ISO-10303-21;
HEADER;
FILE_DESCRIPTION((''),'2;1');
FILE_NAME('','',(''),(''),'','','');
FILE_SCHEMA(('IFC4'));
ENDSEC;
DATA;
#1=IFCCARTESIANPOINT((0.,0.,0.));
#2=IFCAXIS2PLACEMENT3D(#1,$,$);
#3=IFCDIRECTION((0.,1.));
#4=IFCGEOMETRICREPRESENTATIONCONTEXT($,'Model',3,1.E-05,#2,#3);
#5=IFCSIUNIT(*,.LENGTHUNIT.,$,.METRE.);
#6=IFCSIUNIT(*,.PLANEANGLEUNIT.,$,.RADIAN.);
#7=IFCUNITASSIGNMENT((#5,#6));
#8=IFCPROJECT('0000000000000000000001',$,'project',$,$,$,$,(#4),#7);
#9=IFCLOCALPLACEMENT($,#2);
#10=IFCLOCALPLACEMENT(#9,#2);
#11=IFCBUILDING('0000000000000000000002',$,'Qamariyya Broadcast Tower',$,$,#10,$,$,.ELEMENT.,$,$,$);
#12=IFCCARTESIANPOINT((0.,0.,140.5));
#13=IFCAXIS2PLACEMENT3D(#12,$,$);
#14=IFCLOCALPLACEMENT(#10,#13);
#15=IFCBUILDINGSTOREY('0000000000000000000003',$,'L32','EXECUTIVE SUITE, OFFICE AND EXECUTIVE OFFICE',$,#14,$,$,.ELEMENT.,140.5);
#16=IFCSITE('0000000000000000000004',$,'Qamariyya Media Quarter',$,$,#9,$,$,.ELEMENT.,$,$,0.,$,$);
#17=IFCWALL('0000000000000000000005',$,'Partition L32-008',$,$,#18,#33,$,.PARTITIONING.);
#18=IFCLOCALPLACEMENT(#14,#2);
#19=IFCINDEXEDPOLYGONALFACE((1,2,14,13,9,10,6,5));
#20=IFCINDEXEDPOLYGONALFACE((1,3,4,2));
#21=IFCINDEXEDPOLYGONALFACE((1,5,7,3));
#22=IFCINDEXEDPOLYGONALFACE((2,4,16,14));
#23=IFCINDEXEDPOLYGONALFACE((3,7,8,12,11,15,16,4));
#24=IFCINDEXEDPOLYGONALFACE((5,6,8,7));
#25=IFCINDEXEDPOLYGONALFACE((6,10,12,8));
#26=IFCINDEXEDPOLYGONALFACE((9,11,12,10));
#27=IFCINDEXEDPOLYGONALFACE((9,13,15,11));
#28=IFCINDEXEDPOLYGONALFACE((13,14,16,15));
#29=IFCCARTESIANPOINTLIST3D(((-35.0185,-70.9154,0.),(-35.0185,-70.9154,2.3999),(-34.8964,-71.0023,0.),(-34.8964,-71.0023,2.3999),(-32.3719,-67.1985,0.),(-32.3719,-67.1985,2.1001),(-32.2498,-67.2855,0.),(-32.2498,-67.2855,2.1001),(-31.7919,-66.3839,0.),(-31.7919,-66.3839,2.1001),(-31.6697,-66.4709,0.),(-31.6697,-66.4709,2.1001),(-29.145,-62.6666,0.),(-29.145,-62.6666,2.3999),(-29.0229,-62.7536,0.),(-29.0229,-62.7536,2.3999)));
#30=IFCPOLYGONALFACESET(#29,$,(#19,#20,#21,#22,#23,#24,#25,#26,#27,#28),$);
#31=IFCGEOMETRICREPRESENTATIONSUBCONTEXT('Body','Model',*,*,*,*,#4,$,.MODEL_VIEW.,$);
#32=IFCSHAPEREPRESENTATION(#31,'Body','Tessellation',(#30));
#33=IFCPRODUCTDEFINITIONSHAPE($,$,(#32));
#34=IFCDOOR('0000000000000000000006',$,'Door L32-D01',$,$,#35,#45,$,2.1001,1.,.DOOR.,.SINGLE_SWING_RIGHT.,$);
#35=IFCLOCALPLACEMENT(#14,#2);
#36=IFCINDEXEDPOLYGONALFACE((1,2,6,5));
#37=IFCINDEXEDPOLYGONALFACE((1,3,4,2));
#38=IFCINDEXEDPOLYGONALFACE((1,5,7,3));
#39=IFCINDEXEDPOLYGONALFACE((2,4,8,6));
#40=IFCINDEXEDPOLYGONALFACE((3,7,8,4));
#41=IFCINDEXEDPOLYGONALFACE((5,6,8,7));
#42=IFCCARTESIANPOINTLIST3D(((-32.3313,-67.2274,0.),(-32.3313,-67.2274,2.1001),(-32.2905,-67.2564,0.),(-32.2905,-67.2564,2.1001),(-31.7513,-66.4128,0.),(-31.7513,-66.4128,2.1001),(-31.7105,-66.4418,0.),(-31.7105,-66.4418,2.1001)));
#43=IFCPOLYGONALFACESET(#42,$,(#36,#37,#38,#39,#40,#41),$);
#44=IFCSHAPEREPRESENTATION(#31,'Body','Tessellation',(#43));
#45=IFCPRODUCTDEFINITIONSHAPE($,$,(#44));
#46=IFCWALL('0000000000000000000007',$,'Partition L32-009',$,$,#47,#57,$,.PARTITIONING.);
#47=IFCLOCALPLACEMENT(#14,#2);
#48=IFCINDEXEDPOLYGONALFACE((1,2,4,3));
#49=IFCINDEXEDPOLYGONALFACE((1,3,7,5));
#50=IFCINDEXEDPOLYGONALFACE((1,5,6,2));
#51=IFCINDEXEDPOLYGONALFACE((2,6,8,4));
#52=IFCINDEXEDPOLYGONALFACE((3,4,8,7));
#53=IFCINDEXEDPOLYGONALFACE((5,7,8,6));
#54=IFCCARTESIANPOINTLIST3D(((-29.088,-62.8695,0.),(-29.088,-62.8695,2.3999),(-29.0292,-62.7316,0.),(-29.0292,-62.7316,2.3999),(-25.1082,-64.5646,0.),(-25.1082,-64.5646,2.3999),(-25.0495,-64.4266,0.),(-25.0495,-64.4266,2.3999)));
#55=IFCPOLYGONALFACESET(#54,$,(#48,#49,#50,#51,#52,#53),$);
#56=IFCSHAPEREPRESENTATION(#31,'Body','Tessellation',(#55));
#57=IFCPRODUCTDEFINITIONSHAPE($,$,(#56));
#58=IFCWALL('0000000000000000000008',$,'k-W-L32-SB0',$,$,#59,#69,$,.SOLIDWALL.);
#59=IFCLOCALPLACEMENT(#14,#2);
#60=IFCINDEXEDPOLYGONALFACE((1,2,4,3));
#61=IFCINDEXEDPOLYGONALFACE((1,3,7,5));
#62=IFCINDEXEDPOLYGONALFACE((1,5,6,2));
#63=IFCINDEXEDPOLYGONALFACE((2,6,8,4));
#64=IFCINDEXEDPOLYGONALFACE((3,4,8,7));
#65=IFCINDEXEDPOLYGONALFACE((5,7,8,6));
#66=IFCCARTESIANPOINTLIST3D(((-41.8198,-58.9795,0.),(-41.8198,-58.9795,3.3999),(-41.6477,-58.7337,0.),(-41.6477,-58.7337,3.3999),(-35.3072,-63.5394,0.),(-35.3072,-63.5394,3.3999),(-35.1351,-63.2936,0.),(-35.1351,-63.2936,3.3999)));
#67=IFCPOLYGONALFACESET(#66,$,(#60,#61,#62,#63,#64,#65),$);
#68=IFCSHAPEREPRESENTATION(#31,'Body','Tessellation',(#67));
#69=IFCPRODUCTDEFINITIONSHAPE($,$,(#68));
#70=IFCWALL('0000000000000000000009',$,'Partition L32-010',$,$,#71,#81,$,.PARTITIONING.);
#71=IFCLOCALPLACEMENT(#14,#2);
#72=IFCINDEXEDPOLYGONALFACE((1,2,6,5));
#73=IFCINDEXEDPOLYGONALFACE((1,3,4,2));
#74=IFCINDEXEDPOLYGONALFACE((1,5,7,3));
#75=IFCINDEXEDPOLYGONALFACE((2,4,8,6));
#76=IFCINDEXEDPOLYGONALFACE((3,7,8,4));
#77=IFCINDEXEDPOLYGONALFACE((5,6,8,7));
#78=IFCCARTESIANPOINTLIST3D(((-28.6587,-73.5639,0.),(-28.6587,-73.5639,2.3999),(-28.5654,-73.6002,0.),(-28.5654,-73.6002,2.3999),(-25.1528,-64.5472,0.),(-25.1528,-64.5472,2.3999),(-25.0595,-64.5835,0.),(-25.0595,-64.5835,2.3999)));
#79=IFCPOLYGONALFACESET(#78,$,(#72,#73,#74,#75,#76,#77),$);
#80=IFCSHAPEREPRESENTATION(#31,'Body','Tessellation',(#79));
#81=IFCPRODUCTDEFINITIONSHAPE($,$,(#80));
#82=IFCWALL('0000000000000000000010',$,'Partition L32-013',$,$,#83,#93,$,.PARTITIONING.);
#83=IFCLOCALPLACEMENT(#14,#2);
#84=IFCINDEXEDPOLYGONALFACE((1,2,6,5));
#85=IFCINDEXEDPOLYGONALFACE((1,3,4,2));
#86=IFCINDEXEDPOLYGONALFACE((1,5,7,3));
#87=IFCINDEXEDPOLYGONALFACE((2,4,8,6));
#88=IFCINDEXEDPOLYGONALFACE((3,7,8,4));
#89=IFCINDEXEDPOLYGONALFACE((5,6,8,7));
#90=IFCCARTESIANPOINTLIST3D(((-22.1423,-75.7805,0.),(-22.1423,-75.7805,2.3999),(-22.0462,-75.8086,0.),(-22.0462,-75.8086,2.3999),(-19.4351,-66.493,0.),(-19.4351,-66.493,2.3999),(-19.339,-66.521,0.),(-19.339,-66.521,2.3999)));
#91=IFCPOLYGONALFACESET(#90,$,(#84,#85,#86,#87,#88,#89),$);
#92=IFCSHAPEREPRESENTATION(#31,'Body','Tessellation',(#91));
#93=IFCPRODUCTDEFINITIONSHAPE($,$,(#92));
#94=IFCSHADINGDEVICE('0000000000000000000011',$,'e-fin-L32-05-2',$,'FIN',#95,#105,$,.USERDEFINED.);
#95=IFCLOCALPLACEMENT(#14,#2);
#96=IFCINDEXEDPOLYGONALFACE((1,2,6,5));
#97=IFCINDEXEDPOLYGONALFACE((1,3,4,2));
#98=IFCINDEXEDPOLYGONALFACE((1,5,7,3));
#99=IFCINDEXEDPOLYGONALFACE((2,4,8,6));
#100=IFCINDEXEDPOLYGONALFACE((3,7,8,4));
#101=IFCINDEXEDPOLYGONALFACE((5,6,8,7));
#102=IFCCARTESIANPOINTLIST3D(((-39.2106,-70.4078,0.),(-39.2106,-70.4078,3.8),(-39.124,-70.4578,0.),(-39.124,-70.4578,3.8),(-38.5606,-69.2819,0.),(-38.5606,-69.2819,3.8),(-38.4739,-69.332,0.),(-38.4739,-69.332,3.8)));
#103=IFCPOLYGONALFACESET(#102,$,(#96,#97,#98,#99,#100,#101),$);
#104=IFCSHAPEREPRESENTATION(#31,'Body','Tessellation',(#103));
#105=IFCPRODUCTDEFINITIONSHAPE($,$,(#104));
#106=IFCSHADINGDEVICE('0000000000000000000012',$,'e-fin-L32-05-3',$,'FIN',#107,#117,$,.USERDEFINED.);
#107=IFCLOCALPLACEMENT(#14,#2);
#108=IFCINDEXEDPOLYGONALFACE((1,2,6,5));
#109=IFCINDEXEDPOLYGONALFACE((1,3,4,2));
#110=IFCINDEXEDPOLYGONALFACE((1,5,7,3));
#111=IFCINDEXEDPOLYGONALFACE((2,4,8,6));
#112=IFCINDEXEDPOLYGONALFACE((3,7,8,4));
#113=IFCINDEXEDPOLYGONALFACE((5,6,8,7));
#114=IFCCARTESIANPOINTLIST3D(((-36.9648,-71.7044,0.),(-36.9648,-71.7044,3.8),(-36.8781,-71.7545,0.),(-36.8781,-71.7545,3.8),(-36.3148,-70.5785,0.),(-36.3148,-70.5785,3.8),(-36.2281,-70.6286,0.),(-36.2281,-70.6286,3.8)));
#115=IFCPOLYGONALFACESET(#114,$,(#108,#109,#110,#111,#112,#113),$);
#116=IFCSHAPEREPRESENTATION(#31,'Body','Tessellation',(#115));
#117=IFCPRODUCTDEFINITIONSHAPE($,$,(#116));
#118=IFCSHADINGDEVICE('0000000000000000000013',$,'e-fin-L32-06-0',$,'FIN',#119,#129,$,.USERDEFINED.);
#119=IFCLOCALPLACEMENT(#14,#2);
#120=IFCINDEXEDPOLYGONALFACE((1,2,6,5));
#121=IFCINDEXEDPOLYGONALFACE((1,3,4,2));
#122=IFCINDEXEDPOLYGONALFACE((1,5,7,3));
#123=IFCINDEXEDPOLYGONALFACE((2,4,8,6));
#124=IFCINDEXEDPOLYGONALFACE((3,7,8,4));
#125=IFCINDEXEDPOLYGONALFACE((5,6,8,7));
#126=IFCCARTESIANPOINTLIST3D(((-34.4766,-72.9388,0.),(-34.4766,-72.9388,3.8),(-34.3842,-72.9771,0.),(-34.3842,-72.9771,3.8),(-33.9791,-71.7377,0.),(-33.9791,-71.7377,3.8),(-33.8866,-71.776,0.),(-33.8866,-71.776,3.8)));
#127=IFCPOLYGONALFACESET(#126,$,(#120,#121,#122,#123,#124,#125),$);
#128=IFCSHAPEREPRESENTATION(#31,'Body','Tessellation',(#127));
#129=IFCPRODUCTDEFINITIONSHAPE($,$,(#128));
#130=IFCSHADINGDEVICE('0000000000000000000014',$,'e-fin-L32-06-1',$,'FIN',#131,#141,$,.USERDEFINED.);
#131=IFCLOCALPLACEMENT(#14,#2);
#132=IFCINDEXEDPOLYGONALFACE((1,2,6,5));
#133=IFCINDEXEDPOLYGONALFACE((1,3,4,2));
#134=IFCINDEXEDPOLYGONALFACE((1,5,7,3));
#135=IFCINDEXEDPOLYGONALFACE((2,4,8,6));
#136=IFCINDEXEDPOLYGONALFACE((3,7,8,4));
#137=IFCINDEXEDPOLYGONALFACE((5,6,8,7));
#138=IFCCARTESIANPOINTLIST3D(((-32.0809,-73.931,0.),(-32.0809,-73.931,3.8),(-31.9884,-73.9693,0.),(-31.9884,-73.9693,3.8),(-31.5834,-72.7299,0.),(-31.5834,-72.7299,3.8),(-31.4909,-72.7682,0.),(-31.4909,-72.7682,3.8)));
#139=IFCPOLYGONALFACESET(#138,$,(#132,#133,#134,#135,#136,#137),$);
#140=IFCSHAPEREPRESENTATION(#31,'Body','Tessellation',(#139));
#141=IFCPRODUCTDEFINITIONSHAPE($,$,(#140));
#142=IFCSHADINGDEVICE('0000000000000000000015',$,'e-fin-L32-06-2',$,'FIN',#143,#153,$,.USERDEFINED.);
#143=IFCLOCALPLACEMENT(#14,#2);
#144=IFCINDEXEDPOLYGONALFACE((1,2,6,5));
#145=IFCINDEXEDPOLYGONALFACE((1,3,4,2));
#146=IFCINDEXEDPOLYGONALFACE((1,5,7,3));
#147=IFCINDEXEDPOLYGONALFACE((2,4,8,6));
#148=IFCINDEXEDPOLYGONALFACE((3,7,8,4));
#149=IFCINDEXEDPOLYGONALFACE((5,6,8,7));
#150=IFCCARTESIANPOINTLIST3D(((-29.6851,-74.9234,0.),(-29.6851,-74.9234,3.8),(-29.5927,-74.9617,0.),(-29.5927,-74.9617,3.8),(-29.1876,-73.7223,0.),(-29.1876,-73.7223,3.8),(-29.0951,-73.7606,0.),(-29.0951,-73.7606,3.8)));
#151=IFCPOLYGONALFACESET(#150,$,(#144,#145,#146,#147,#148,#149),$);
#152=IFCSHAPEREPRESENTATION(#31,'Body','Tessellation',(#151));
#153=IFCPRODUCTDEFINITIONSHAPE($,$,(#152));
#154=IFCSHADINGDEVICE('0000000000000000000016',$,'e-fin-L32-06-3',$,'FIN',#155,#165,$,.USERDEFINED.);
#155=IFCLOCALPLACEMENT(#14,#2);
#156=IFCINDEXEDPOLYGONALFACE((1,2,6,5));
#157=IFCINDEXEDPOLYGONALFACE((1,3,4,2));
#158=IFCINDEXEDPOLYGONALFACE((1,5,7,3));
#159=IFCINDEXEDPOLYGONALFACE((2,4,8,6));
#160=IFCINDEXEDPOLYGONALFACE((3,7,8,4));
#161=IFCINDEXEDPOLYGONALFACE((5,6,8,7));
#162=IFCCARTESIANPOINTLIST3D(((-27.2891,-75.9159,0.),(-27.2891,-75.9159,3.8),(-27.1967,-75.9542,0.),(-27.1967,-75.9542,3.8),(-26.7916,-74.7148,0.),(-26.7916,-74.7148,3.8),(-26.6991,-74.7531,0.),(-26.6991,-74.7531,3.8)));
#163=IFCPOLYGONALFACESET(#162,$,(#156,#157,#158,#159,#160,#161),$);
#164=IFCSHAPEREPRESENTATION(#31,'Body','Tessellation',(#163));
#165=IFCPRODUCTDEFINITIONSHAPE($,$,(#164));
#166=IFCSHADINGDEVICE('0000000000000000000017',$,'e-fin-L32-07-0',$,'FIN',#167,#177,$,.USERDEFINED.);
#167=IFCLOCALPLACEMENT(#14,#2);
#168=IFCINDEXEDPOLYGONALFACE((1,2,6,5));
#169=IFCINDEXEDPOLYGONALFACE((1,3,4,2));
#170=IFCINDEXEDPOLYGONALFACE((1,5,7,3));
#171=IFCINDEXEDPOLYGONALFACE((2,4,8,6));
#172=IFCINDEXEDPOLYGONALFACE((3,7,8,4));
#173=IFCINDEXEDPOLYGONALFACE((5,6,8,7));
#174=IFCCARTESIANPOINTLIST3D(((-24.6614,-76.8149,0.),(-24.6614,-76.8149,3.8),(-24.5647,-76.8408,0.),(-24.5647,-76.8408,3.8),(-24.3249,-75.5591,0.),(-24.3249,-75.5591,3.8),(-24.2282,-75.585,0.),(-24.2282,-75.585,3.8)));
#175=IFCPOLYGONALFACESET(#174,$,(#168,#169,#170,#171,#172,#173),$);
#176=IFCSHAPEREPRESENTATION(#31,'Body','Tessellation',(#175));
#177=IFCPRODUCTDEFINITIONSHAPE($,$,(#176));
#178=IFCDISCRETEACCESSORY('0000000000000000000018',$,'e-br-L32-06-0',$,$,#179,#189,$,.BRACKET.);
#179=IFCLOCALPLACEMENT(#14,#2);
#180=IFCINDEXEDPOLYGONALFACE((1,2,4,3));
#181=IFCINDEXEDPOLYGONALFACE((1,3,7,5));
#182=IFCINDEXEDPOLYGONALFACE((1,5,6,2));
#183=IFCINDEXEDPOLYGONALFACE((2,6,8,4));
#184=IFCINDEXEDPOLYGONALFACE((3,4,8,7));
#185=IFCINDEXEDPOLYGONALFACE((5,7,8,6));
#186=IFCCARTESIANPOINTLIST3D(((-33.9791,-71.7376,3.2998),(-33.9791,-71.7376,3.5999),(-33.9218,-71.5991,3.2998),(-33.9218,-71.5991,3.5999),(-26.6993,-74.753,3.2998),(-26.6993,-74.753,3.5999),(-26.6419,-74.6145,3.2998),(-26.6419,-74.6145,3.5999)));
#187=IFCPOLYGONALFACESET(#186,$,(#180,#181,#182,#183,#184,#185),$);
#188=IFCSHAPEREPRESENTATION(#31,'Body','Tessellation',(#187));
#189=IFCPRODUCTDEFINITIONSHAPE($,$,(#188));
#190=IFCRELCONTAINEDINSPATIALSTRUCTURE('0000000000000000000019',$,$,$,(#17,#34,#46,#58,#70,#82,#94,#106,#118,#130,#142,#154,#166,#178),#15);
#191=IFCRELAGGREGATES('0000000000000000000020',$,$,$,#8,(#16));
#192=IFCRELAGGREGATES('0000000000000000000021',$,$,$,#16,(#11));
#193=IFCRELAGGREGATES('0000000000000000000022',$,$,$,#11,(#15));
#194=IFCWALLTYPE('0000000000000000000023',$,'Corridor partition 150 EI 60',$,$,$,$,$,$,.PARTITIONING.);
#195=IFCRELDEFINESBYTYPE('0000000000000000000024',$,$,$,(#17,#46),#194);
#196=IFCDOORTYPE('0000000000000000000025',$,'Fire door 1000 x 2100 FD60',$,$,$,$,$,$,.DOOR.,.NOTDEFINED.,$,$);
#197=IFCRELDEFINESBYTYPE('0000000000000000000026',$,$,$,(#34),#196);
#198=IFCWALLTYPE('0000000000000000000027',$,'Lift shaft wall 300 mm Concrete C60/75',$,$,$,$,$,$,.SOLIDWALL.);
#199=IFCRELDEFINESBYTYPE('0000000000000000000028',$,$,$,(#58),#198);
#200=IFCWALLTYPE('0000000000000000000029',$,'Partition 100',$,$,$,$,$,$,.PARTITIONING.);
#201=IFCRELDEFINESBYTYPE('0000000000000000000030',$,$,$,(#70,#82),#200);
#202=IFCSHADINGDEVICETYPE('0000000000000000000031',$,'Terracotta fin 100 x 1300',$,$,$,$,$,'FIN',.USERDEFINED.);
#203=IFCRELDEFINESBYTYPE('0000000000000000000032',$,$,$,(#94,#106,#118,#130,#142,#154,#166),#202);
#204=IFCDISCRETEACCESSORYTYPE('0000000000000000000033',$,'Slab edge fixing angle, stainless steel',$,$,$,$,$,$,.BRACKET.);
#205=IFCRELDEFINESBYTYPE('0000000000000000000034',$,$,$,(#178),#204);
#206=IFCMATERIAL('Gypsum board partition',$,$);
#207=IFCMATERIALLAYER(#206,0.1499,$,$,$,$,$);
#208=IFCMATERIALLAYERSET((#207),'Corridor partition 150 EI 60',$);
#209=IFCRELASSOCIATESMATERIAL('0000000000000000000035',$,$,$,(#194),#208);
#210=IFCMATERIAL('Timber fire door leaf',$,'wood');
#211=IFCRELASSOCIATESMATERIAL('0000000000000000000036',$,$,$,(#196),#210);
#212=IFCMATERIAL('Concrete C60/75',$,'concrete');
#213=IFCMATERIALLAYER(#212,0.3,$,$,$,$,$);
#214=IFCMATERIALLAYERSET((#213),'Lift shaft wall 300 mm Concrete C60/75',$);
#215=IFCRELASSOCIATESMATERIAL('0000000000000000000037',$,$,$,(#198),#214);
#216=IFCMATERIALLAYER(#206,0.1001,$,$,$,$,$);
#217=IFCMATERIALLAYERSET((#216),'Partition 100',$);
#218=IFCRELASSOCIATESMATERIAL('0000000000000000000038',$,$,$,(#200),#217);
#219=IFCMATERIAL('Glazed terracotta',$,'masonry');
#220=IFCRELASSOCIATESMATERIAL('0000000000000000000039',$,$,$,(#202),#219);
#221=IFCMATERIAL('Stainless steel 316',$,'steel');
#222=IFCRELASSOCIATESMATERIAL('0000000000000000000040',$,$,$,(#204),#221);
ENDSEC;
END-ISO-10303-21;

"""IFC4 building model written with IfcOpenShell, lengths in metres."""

from ifc_helpers import new_model, si_unit, direction, frame, frame_2d, origin, origin_2d, place, context, subcontext, project, spatial, rectangle, extrude, material, layer, layer_set, material_profile, profile_set, type_object, element, fill, save


model = new_model("IFC4")

# Units and contexts
model_context = context("Model", 3, precision=1e-05, world=origin(), true_north=direction((0.0, 1.0)))
body_context = subcontext(model_context, "Body", "Model", "MODEL_VIEW")
ifc_project = project(units=[si_unit("LENGTHUNIT", "METRE"), si_unit("PLANEANGLEUNIT", "RADIAN")], contexts=[model_context])

# Site, building, storey
site_placement = place(None, origin())
site = spatial("IfcSite", under=ifc_project, at=site_placement, Name="Qamariyya Media Quarter", CompositionType="ELEMENT", RefElevation=0.0)
building_placement = place(site_placement, origin())
building = spatial("IfcBuilding", under=site, at=building_placement, Name="Qamariyya Broadcast Tower", CompositionType="ELEMENT")
storey_placement = place(building_placement, frame((0.0, 0.0, 140.5)))
storey = spatial("IfcBuildingStorey", under=building, at=storey_placement, Name="L32", Description="EXECUTIVE SUITE, OFFICE AND EXECUTIVE OFFICE", CompositionType="ELEMENT", Elevation=140.5)

# Wall, opening, door
ifc_material_1 = material(Name="Gypsum board partition")
ifc_layer_1 = layer(ifc_material_1, 0.1499)
ifc_layer_set_1 = layer_set([ifc_layer_1], Name="Corridor partition 150 EI 60")
wall_type_1 = type_object("IfcWallType", Name="Corridor partition 150 EI 60", PredefinedType="PARTITIONING", material=ifc_layer_set_1)
wall_1_placement = place(storey_placement, frame((-29.084, -62.7102, 0.0), z_axis=(0.0, 0.0, 1.0), x_axis=(-0.580031, -0.814594, 0.0)))
wall_1 = element("IfcWall", 1, at=wall_1_placement, inside=storey, type_object=wall_type_1, Name="Partition L32-008", PredefinedType="PARTITIONING", context=body_context, shape_type="SweptSolid", body=[
    extrude(rectangle(XDim=10.1262, YDim=0.1499, at=frame_2d((5.063, 0.0))), origin(), (0.0, 0.0, 1.0), 2.3999),
])
opening_1_placement = place(wall_1_placement, frame((4.5632, 0.0, 0.0)))
opening_1 = element("IfcOpeningElement", 2, at=opening_1_placement, cuts=wall_1, PredefinedType="OPENING", context=body_context, shape_type="SweptSolid", body=[
    extrude(rectangle(XDim=1.0, YDim=2.1001, at=frame_2d((0.5, 1.05))), frame((0.0, 0.085, 0.0), z_axis=(0.0, -1.0, 0.0), x_axis=(1.0, 0.0, 0.0)), (0.0, 0.0, 1.0), 0.1699),
])
ifc_material_2 = material(Name="Timber fire door leaf", Category="wood")
door_type_1 = type_object("IfcDoorType", Name="Fire door 1000 x 2100 FD60", OperationType="NOTDEFINED", PredefinedType="DOOR", material=ifc_material_2)
door_1_placement = place(opening_1_placement, origin())
door_1 = element("IfcDoor", 3, at=door_1_placement, inside=storey, type_object=door_type_1, Name="Door L32-D01", OperationType="SINGLE_SWING_RIGHT", OverallHeight=2.1001, OverallWidth=1.0, PredefinedType="DOOR", context=body_context, shape_type="SweptSolid", body=[
    extrude(rectangle(XDim=1.0, YDim=2.1001, at=frame_2d((0.5, 1.05))), frame((0.0, 0.0249, 0.0), z_axis=(0.0, -1.0, 0.0), x_axis=(1.0, 0.0, 0.0)), (0.0, 0.0, 1.0), 0.05),
])
fill(opening_1, door_1)

# Walls
wall_2_placement = place(storey_placement, frame((-29.0586, -62.8005, 0.0), z_axis=(0.0, 0.0, 1.0), x_axis=(0.920024, -0.391861, 0.0)))
element("IfcWall", 4, at=wall_2_placement, inside=storey, type_object=wall_type_1, Name="Partition L32-009", PredefinedType="PARTITIONING", context=body_context, shape_type="SweptSolid", body=[
    extrude(rectangle(XDim=4.3257, YDim=0.1499, at=frame_2d((2.1628, 0.0))), origin(), (0.0, 0.0, 1.0), 2.3999),
])
ifc_material_3 = material(Name="Concrete C60/75", Category="concrete")
ifc_layer_2 = layer(ifc_material_3, 0.3)
ifc_layer_set_2 = layer_set([ifc_layer_2], Name="Lift shaft wall 300 mm Concrete C60/75")
wall_type_2 = type_object("IfcWallType", Name="Lift shaft wall 300 mm Concrete C60/75", PredefinedType="SOLIDWALL", material=ifc_layer_set_2)
wall_3_placement = place(storey_placement, frame((-35.2212, -63.4165, 0.0), z_axis=(0.0, 0.0, 1.0), x_axis=(-0.819167, 0.573555, 0.0)))
element("IfcWall", 5, at=wall_3_placement, inside=storey, type_object=wall_type_2, Name="k-W-L32-SB0", PredefinedType="SOLIDWALL", context=body_context, shape_type="SweptSolid", body=[
    extrude(rectangle(XDim=7.9502, YDim=0.3, at=frame_2d((3.9751, 0.0))), origin(), (0.0, 0.0, 1.0), 3.3999),
])
ifc_layer_3 = layer(ifc_material_1, 0.1001)
ifc_layer_set_3 = layer_set([ifc_layer_3], Name="Partition 100")
wall_type_3 = type_object("IfcWallType", Name="Partition 100", PredefinedType="PARTITIONING", material=ifc_layer_set_3)
wall_4_placement = place(storey_placement, frame((-28.6121, -73.582, 0.0), z_axis=(0.0, 0.0, 1.0), x_axis=(0.362393, 0.932026, 0.0)))
element("IfcWall", 6, at=wall_4_placement, inside=storey, type_object=wall_type_3, Name="Partition L32-010", PredefinedType="PARTITIONING", context=body_context, shape_type="SweptSolid", body=[
    extrude(rectangle(XDim=9.6743, YDim=0.1001, at=frame_2d((4.8372, 0.0))), origin(), (0.0, 0.0, 1.0), 2.3999),
])
wall_5_placement = place(storey_placement, frame((-22.0942, -75.7944, 0.0), z_axis=(0.0, 0.0, 1.0), x_axis=(0.279847, 0.960045, 0.0)))
element("IfcWall", 7, at=wall_5_placement, inside=storey, type_object=wall_type_3, Name="Partition L32-013", PredefinedType="PARTITIONING", context=body_context, shape_type="SweptSolid", body=[
    extrude(rectangle(XDim=9.6741, YDim=0.1001, at=frame_2d((4.8369, 0.0))), origin(), (0.0, 0.0, 1.0), 2.3999),
])

# Shading devices
ifc_material_4 = material(Name="Glazed terracotta", Category="masonry")
ifc_material_profile_1 = material_profile(ifc_material_4, rectangle(XDim=1.3, YDim=0.1001, at=origin_2d()))
ifc_profile_set_1 = profile_set([ifc_material_profile_1], Name="Glazed terracotta")
shading_device_type_1 = type_object("IfcShadingDeviceType", Name="Terracotta fin 100 x 1300", ElementType="FIN", PredefinedType="USERDEFINED", material=ifc_profile_set_1)
for number, where, z_axis, x_axis, name in (
    (8, (-38.8423, -69.8699, 0.0), (0.0, 0.0, 1.0), (-0.5, -0.866025, 0.0), "e-fin-L32-05-2"),
    (9, (-36.5964, -71.1665, 0.0), (0.0, 0.0, 1.0), (-0.5, -0.866025, 0.0), "e-fin-L32-05-3"),
    (10, (-34.1816, -72.3574, 0.0), (0.0, 0.0, 1.0), (-0.382683, -0.92388, 0.0), "e-fin-L32-06-0"),
    (11, (-31.7859, -73.3496, 0.0), (0.0, 0.0, 1.0), (-0.382683, -0.92388, 0.0), "e-fin-L32-06-1"),
    (12, (-29.3901, -74.342, 0.0), (0.0, 0.0, 1.0), (-0.382683, -0.92388, 0.0), "e-fin-L32-06-2"),
    (13, (-26.9941, -75.3345, 0.0), (0.0, 0.0, 1.0), (-0.382683, -0.92388, 0.0), "e-fin-L32-06-3"),
    (14, (-24.4448, -76.2, 0.0), (0.0, 0.0, 1.0), (-0.258819, -0.965926, 0.0), "e-fin-L32-07-0"),
):
    element("IfcShadingDevice", number, at=place(storey_placement, frame(where, z_axis=z_axis, x_axis=x_axis)), inside=storey, type_object=shading_device_type_1, Name=name, ObjectType="FIN", PredefinedType="USERDEFINED", context=body_context, shape_type="SweptSolid", body=[
        extrude(rectangle(XDim=1.3, YDim=0.1001, at=origin_2d()), origin(), (0.0, 0.0, 1.0), 3.8),
    ])

# Discrete accessory
ifc_material_5 = material(Name="Stainless steel 316", Category="steel")
discrete_accessory_type = type_object("IfcDiscreteAccessoryType", Name="Slab edge fixing angle, stainless steel", PredefinedType="BRACKET", material=ifc_material_5)
discrete_accessory_placement = place(storey_placement, frame((-30.3105, -73.176, 3.2998), z_axis=(0.0, 0.0, 1.0), x_axis=(0.92388, -0.382683, 0.0)))
element("IfcDiscreteAccessory", 15, at=discrete_accessory_placement, inside=storey, type_object=discrete_accessory_type, Name="e-br-L32-06-0", PredefinedType="BRACKET", context=body_context, shape_type="SweptSolid", body=[
    extrude(rectangle(XDim=7.8796, YDim=0.1499, at=origin_2d()), origin(), (0.0, 0.0, 1.0), 0.3),
])

save(model, "model.ifc")
